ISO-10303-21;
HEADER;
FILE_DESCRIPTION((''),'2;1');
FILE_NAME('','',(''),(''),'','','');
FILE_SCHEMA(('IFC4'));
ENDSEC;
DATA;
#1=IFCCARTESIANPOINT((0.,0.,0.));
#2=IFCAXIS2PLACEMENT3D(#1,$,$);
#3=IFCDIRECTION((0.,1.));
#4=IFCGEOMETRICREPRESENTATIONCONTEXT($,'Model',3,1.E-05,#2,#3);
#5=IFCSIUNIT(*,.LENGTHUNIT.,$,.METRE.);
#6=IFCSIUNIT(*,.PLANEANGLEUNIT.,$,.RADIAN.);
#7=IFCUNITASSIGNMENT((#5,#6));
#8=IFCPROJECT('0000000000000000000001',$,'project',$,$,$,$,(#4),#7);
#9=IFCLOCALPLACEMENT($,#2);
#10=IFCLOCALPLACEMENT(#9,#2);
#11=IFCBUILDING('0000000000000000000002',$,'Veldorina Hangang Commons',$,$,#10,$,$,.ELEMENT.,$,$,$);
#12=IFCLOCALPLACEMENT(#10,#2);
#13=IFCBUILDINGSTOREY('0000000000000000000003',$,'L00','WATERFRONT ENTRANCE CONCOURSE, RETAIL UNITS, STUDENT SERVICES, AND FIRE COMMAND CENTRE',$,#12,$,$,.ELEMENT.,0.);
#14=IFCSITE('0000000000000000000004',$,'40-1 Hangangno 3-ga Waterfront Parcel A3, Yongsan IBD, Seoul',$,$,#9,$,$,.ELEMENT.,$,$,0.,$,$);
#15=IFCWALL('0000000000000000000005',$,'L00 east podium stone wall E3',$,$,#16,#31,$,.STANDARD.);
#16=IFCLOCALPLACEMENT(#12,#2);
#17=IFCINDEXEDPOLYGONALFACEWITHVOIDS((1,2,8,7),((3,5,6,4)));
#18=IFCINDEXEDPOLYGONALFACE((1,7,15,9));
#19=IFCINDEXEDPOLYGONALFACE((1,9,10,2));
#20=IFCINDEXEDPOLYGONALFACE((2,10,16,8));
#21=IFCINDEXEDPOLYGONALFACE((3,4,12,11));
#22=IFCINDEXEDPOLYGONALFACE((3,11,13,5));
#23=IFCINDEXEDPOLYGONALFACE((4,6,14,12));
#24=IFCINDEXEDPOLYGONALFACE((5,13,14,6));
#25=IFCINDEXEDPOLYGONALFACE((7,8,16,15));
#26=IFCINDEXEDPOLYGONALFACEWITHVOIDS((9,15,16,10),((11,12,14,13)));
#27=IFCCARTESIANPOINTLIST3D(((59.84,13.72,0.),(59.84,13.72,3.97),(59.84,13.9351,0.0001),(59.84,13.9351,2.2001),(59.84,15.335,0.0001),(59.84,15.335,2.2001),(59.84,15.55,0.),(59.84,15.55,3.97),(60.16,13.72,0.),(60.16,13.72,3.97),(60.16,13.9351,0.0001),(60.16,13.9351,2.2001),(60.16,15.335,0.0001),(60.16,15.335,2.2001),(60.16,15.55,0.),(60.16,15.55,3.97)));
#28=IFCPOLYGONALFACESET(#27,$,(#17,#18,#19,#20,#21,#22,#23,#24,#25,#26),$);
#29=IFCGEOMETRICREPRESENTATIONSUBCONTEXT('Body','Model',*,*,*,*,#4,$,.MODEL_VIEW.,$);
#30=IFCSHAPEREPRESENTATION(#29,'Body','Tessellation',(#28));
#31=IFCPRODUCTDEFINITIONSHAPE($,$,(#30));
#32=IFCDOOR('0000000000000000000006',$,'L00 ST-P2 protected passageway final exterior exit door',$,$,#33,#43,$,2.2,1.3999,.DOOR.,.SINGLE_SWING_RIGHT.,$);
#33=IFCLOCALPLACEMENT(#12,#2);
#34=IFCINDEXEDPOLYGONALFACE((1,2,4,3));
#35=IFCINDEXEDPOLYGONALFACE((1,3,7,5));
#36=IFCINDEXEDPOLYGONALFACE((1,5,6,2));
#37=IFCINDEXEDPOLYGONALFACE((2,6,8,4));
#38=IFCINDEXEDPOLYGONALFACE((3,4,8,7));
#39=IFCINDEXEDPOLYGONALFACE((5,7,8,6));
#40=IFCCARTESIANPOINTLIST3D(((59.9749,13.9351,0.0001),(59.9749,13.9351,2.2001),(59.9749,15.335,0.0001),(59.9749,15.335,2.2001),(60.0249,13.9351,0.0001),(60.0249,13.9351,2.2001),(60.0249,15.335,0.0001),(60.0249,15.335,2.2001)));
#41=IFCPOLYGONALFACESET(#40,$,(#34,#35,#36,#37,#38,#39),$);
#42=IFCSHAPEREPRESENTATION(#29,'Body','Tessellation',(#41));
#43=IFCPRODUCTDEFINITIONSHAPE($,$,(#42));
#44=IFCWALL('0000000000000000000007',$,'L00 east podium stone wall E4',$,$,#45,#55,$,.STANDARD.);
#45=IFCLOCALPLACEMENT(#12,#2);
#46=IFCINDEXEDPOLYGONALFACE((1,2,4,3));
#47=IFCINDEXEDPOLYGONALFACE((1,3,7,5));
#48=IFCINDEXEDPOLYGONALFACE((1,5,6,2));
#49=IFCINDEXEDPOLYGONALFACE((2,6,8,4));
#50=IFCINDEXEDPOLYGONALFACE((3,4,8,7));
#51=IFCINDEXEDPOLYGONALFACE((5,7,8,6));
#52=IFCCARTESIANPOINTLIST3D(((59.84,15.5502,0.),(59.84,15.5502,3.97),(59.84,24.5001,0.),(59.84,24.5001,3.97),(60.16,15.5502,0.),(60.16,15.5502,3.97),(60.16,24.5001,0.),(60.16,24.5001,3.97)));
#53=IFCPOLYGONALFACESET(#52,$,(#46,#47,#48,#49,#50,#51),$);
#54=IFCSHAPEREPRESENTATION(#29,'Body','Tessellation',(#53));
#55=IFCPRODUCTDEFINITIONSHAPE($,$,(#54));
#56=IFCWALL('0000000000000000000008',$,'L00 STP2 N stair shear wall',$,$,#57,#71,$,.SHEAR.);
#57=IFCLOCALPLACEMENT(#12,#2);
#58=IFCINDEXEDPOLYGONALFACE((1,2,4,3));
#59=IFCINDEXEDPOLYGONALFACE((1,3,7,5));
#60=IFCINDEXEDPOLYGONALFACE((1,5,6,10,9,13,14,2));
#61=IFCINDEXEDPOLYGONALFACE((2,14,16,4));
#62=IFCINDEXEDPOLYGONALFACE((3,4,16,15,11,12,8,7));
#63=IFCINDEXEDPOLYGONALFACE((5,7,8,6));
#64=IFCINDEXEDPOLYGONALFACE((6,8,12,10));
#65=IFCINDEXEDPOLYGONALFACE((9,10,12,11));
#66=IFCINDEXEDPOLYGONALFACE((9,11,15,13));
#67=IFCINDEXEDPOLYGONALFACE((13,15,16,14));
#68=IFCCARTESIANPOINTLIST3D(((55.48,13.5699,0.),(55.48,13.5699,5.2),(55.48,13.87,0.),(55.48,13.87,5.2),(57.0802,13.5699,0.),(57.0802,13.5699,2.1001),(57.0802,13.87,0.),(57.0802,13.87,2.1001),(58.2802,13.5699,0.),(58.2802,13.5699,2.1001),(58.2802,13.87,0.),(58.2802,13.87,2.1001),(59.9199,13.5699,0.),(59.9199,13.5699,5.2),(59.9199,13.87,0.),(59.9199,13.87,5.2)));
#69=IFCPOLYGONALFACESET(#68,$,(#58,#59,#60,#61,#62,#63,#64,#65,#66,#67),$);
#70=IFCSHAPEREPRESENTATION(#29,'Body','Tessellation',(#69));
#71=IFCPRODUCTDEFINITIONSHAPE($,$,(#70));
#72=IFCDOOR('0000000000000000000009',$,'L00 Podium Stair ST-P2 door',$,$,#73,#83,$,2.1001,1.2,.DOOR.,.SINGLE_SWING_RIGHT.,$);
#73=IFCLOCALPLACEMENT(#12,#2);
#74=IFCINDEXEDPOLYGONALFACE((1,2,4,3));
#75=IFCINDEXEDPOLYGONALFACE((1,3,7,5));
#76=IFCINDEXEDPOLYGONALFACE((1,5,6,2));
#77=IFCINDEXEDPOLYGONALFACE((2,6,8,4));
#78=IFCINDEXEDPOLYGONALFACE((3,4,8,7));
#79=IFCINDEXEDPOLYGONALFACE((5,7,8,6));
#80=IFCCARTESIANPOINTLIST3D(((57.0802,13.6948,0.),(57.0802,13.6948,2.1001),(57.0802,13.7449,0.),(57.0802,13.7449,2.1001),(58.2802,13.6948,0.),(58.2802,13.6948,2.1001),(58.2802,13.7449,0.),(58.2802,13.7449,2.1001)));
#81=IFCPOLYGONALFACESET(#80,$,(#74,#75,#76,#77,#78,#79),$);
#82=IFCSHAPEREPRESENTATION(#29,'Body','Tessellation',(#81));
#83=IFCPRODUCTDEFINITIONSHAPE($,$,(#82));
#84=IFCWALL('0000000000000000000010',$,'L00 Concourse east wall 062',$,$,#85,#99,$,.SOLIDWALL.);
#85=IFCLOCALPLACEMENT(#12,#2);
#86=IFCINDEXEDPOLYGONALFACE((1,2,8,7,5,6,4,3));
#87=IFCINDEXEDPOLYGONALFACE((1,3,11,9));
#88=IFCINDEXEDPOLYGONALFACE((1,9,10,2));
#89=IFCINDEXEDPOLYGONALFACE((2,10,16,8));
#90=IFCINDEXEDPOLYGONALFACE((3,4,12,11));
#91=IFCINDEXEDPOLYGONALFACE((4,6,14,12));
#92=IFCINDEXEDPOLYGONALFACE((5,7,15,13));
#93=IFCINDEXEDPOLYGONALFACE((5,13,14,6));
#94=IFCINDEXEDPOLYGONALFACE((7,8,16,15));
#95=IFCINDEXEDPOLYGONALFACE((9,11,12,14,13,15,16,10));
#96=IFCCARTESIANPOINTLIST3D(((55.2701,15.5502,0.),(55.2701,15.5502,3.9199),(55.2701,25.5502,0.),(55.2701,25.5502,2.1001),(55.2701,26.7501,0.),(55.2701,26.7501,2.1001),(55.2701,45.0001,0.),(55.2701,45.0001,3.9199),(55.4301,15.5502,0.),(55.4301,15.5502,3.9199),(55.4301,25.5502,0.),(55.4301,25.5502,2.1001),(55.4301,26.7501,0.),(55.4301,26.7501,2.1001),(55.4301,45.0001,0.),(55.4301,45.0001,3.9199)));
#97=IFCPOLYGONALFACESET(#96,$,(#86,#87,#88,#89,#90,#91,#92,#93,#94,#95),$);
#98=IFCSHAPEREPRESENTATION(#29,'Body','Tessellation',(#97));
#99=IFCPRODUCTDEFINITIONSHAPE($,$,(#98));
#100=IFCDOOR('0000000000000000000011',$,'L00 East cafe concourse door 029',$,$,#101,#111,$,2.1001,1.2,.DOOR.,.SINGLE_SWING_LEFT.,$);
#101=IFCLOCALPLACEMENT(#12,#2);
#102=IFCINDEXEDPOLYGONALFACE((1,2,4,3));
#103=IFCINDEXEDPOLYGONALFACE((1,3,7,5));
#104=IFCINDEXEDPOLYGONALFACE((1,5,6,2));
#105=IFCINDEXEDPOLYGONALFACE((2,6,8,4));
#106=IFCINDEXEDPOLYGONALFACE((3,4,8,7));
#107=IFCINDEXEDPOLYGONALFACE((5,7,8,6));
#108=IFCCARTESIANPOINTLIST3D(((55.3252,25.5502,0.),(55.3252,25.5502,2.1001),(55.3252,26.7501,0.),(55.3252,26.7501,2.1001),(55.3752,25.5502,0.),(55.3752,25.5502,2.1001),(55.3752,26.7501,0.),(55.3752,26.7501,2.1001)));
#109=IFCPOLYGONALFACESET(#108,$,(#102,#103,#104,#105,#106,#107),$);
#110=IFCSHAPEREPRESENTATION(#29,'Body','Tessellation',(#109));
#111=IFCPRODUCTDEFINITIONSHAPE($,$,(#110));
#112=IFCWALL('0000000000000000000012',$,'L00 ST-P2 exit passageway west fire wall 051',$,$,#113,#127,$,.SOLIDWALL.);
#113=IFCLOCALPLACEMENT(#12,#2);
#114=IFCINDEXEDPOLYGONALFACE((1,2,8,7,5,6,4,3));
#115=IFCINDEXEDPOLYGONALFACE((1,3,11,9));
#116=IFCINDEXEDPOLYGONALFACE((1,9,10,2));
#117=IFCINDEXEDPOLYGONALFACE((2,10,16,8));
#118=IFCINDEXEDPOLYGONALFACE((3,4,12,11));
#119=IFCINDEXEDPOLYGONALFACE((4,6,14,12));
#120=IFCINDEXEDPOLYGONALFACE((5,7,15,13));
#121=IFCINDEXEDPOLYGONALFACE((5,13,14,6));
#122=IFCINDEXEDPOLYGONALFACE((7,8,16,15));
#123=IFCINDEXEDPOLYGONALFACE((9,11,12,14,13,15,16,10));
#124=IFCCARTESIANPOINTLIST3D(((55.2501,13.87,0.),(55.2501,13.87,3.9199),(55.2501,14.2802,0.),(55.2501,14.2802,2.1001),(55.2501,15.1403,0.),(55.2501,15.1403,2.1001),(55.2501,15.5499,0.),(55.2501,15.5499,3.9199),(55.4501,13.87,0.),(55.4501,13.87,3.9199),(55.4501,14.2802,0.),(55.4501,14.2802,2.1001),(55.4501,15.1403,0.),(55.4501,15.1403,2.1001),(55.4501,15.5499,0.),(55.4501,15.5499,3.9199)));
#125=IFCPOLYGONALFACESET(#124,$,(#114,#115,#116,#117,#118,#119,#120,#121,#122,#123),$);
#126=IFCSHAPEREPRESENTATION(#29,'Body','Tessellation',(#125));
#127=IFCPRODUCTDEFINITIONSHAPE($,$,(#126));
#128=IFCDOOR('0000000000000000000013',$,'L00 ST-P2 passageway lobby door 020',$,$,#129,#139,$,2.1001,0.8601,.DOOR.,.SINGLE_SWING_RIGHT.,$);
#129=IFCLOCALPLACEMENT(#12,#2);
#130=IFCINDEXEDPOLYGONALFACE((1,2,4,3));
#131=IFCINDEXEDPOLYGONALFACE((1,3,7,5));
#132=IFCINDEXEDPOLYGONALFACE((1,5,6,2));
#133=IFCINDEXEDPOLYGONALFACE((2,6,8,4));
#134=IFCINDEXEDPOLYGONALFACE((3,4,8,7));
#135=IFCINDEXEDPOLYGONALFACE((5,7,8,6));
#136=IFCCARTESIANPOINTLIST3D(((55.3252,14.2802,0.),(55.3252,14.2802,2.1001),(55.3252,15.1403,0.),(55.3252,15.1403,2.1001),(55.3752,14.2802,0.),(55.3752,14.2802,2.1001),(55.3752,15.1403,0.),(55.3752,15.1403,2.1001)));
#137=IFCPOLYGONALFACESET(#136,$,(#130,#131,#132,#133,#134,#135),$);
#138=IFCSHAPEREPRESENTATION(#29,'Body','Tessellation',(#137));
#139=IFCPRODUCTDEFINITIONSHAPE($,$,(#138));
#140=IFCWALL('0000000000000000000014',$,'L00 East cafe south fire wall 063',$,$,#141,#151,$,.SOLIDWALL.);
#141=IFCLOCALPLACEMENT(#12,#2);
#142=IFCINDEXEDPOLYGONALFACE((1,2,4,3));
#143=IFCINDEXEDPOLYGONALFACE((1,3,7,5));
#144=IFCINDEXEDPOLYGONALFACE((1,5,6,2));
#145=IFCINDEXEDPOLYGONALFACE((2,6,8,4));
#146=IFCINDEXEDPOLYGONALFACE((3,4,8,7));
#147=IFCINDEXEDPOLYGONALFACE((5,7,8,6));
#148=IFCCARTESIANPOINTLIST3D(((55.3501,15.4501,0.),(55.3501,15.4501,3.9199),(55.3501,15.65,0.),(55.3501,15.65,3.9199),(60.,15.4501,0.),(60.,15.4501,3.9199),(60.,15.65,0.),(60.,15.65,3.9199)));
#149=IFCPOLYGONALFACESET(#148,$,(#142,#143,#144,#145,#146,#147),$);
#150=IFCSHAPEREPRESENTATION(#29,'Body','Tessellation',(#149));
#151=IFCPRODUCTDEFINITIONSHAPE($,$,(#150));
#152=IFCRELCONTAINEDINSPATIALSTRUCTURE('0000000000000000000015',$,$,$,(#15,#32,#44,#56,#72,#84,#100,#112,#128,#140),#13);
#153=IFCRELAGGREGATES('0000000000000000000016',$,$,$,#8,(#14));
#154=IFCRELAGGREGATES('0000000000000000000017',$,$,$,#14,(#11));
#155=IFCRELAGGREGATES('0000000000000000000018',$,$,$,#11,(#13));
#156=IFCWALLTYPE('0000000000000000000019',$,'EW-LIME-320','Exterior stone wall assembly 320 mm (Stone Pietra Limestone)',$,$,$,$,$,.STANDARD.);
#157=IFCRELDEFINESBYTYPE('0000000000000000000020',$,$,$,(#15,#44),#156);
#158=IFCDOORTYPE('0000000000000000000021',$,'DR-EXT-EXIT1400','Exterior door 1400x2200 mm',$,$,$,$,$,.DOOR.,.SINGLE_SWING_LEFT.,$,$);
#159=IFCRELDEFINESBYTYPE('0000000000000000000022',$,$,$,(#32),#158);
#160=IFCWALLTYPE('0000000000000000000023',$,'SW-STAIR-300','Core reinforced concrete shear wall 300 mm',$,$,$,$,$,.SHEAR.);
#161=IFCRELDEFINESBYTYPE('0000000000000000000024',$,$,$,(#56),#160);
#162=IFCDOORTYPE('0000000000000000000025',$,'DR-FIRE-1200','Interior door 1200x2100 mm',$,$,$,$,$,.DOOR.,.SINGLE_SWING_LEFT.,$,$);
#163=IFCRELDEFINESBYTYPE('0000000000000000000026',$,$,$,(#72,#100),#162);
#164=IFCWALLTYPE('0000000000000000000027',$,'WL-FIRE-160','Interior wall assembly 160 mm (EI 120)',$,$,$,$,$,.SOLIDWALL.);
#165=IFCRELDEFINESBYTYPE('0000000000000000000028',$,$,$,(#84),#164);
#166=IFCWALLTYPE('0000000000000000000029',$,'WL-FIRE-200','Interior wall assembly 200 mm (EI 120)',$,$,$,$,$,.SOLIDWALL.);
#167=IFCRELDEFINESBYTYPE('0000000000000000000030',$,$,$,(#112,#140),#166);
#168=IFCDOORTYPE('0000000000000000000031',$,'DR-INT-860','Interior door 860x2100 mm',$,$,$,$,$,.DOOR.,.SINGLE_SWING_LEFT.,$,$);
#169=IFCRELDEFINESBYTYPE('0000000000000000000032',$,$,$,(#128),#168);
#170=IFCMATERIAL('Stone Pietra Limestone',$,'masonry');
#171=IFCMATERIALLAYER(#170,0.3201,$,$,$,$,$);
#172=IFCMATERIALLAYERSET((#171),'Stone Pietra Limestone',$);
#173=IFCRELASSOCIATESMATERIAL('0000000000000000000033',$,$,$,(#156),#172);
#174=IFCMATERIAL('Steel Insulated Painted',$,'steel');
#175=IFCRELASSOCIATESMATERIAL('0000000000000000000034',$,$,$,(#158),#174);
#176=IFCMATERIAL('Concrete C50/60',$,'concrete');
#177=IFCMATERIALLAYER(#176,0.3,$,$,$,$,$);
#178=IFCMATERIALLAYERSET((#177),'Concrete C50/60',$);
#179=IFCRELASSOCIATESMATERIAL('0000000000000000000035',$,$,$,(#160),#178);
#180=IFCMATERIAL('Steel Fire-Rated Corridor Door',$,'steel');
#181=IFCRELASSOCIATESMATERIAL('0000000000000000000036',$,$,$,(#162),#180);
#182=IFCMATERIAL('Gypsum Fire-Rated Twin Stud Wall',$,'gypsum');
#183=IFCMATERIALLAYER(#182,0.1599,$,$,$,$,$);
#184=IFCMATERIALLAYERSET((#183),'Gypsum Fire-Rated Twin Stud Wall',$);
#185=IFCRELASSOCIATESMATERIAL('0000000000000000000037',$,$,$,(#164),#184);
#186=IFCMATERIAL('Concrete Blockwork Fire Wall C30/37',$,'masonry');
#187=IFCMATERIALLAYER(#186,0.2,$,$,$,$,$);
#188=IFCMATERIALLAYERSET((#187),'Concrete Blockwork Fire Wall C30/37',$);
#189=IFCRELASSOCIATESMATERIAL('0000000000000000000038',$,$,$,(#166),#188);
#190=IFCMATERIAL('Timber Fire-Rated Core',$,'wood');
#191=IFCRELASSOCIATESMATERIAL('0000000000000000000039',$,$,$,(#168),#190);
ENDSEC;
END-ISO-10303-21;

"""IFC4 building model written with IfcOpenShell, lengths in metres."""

from ifc_helpers import new_model, si_unit, direction, frame, frame_2d, origin, place, context, subcontext, project, spatial, rectangle, extrude, material, layer, layer_set, type_object, element, fill, save


model = new_model("IFC4")

# Units and contexts
model_context = context("Model", 3, precision=1e-05, world=origin(), true_north=direction((0.0, 1.0)))
body_context = subcontext(model_context, "Body", "Model", "MODEL_VIEW")
ifc_project = project(units=[si_unit("LENGTHUNIT", "METRE"), si_unit("PLANEANGLEUNIT", "RADIAN")], contexts=[model_context])

# Site, building, storey
site_placement = place(None, origin())
site = spatial("IfcSite", under=ifc_project, at=site_placement, Name="40-1 Hangangno 3-ga Waterfront Parcel A3, Yongsan IBD, Seoul", CompositionType="ELEMENT", RefElevation=0.0)
building_placement = place(site_placement, origin())
building = spatial("IfcBuilding", under=site, at=building_placement, Name="Veldorina Hangang Commons", CompositionType="ELEMENT")
storey_placement = place(building_placement, origin())
storey = spatial("IfcBuildingStorey", under=building, at=storey_placement, Name="L00", Description="WATERFRONT ENTRANCE CONCOURSE, RETAIL UNITS, STUDENT SERVICES, AND FIRE COMMAND CENTRE", CompositionType="ELEMENT", Elevation=0.0)

# Wall, opening, door
ifc_material_1 = material(Name="Stone Pietra Limestone", Category="masonry")
ifc_layer_1 = layer(ifc_material_1, 0.3201)
ifc_layer_set_1 = layer_set([ifc_layer_1], Name="Stone Pietra Limestone")
wall_type_1 = type_object("IfcWallType", Name="EW-LIME-320", Description="Exterior stone wall assembly 320 mm (Stone Pietra Limestone)", PredefinedType="STANDARD", material=ifc_layer_set_1)
wall_1_placement = place(storey_placement, frame((60.0, 13.72, 0.0), z_axis=(0.0, 0.0, 1.0), x_axis=(0.0, 1.0, 0.0)))
wall_1 = element("IfcWall", 1, at=wall_1_placement, inside=storey, type_object=wall_type_1, Name="L00 east podium stone wall E3", PredefinedType="STANDARD", context=body_context, shape_type="SweptSolid", body=[
    extrude(rectangle(XDim=1.8301, YDim=0.3201, at=frame_2d((0.915, 0.0))), origin(), (0.0, 0.0, 1.0), 3.97),
])
opening_1_placement = place(wall_1_placement, frame((0.2151, 0.0, 0.0)))
opening_1 = element("IfcOpeningElement", 2, at=opening_1_placement, cuts=wall_1, PredefinedType="OPENING", context=body_context, shape_type="SweptSolid", body=[
    extrude(rectangle(XDim=1.3999, YDim=2.2, at=frame_2d((0.7, 1.1001))), frame((0.0, 0.1699, 0.0), z_axis=(0.0, -1.0, 0.0), x_axis=(1.0, 0.0, 0.0)), (0.0, 0.0, 1.0), 0.3401),
])
ifc_material_2 = material(Name="Steel Insulated Painted", Category="steel")
door_type_1 = type_object("IfcDoorType", Name="DR-EXT-EXIT1400", Description="Exterior door 1400x2200 mm", OperationType="SINGLE_SWING_LEFT", PredefinedType="DOOR", material=ifc_material_2)
door_1_placement = place(opening_1_placement, frame((1.3999, 0.0, 0.0), z_axis=(0.0, 0.0, 1.0), x_axis=(-1.0, 0.0, 0.0)))
door_1 = element("IfcDoor", 3, at=door_1_placement, inside=storey, type_object=door_type_1, Name="L00 ST-P2 protected passageway final exterior exit door", OperationType="SINGLE_SWING_RIGHT", OverallHeight=2.2, OverallWidth=1.3999, PredefinedType="DOOR", context=body_context, shape_type="SweptSolid", body=[
    extrude(rectangle(XDim=1.3999, YDim=2.2, at=frame_2d((0.7, 1.1001))), frame((0.0, 0.0249, 0.0), z_axis=(0.0, -1.0, 0.0), x_axis=(1.0, 0.0, 0.0)), (0.0, 0.0, 1.0), 0.05),
])
fill(opening_1, door_1)

# Wall
wall_2_placement = place(storey_placement, frame((60.0, 15.55, 0.0), z_axis=(0.0, 0.0, 1.0), x_axis=(0.0, 1.0, 0.0)))
element("IfcWall", 4, at=wall_2_placement, inside=storey, type_object=wall_type_1, Name="L00 east podium stone wall E4", PredefinedType="STANDARD", context=body_context, shape_type="SweptSolid", body=[
    extrude(rectangle(XDim=8.95, YDim=0.3201, at=frame_2d((4.4751, 0.0))), origin(), (0.0, 0.0, 1.0), 3.97),
])

# Walls, openings, doors
ifc_material_3 = material(Name="Concrete C50/60", Category="concrete")
ifc_layer_2 = layer(ifc_material_3, 0.3)
ifc_layer_set_2 = layer_set([ifc_layer_2], Name="Concrete C50/60")
wall_type_2 = type_object("IfcWallType", Name="SW-STAIR-300", Description="Core reinforced concrete shear wall 300 mm", PredefinedType="SHEAR", material=ifc_layer_set_2)
wall_3_placement = place(storey_placement, frame((55.48, 13.72, 0.0), z_axis=(0.0, 0.0, 1.0), x_axis=(1.0, 0.0, 0.0)))
wall_3 = element("IfcWall", 5, at=wall_3_placement, inside=storey, type_object=wall_type_2, Name="L00 STP2 N stair shear wall", PredefinedType="SHEAR", context=body_context, shape_type="SweptSolid", body=[
    extrude(rectangle(XDim=4.4399, YDim=0.3, at=frame_2d((2.22, 0.0))), origin(), (0.0, 0.0, 1.0), 5.2),
])
opening_2_placement = place(wall_3_placement, frame((1.6001, 0.0, 0.0)))
opening_2 = element("IfcOpeningElement", 6, at=opening_2_placement, cuts=wall_3, PredefinedType="OPENING", context=body_context, shape_type="SweptSolid", body=[
    extrude(rectangle(XDim=1.2, YDim=2.1001, at=frame_2d((0.6001, 1.05))), frame((0.0, 0.1602, 0.0), z_axis=(0.0, -1.0, 0.0), x_axis=(1.0, 0.0, 0.0)), (0.0, 0.0, 1.0), 0.3201),
])
ifc_material_4 = material(Name="Steel Fire-Rated Corridor Door", Category="steel")
door_type_2 = type_object("IfcDoorType", Name="DR-FIRE-1200", Description="Interior door 1200x2100 mm", OperationType="SINGLE_SWING_LEFT", PredefinedType="DOOR", material=ifc_material_4)
door_2_placement = place(opening_2_placement, origin())
door_2 = element("IfcDoor", 7, at=door_2_placement, inside=storey, type_object=door_type_2, Name="L00 Podium Stair ST-P2 door", OperationType="SINGLE_SWING_RIGHT", OverallHeight=2.1001, OverallWidth=1.2, PredefinedType="DOOR", context=body_context, shape_type="SweptSolid", body=[
    extrude(rectangle(XDim=1.2, YDim=2.1001, at=frame_2d((0.6001, 1.05))), frame((0.0, 0.0249, 0.0), z_axis=(0.0, -1.0, 0.0), x_axis=(1.0, 0.0, 0.0)), (0.0, 0.0, 1.0), 0.05),
])
fill(opening_2, door_2)
ifc_material_5 = material(Name="Gypsum Fire-Rated Twin Stud Wall", Category="gypsum")
ifc_layer_3 = layer(ifc_material_5, 0.1599)
ifc_layer_set_3 = layer_set([ifc_layer_3], Name="Gypsum Fire-Rated Twin Stud Wall")
wall_type_3 = type_object("IfcWallType", Name="WL-FIRE-160", Description="Interior wall assembly 160 mm (EI 120)", PredefinedType="SOLIDWALL", material=ifc_layer_set_3)
wall_4_placement = place(storey_placement, frame((55.3501, 15.55, 0.0), z_axis=(0.0, 0.0, 1.0), x_axis=(0.0, 1.0, 0.0)))
wall_4 = element("IfcWall", 8, at=wall_4_placement, inside=storey, type_object=wall_type_3, Name="L00 Concourse east wall 062", PredefinedType="SOLIDWALL", context=body_context, shape_type="SweptSolid", body=[
    extrude(rectangle(XDim=29.45, YDim=0.1599, at=frame_2d((14.7251, 0.0))), origin(), (0.0, 0.0, 1.0), 3.9199),
])
opening_3_placement = place(wall_4_placement, frame((10.0, 0.0, 0.0)))
opening_3 = element("IfcOpeningElement", 9, at=opening_3_placement, cuts=wall_4, PredefinedType="OPENING", context=body_context, shape_type="SweptSolid", body=[
    extrude(rectangle(XDim=1.2, YDim=2.1001, at=frame_2d((0.6001, 1.05))), frame((0.0, 0.0898, 0.0), z_axis=(0.0, -1.0, 0.0), x_axis=(1.0, 0.0, 0.0)), (0.0, 0.0, 1.0), 0.1799),
])
door_3_placement = place(opening_3_placement, origin())
door_3 = element("IfcDoor", 10, at=door_3_placement, inside=storey, type_object=door_type_2, Name="L00 East cafe concourse door 029", OperationType="SINGLE_SWING_LEFT", OverallHeight=2.1001, OverallWidth=1.2, PredefinedType="DOOR", context=body_context, shape_type="SweptSolid", body=[
    extrude(rectangle(XDim=1.2, YDim=2.1001, at=frame_2d((0.6001, 1.05))), frame((0.0, 0.0249, 0.0), z_axis=(0.0, -1.0, 0.0), x_axis=(1.0, 0.0, 0.0)), (0.0, 0.0, 1.0), 0.05),
])
fill(opening_3, door_3)
ifc_material_6 = material(Name="Concrete Blockwork Fire Wall C30/37", Category="masonry")
ifc_layer_4 = layer(ifc_material_6, 0.2)
ifc_layer_set_4 = layer_set([ifc_layer_4], Name="Concrete Blockwork Fire Wall C30/37")
wall_type_4 = type_object("IfcWallType", Name="WL-FIRE-200", Description="Interior wall assembly 200 mm (EI 120)", PredefinedType="SOLIDWALL", material=ifc_layer_set_4)
wall_5_placement = place(storey_placement, frame((55.3501, 13.8701, 0.0), z_axis=(0.0, 0.0, 1.0), x_axis=(0.0, 1.0, 0.0)))
wall_5 = element("IfcWall", 11, at=wall_5_placement, inside=storey, type_object=wall_type_4, Name="L00 ST-P2 exit passageway west fire wall 051", PredefinedType="SOLIDWALL", context=body_context, shape_type="SweptSolid", body=[
    extrude(rectangle(XDim=1.6799, YDim=0.2, at=frame_2d((0.8398, 0.0))), origin(), (0.0, 0.0, 1.0), 3.9199),
])
opening_4_placement = place(wall_5_placement, frame((0.4099, 0.0, 0.0)))
opening_4 = element("IfcOpeningElement", 12, at=opening_4_placement, cuts=wall_5, PredefinedType="OPENING", context=body_context, shape_type="SweptSolid", body=[
    extrude(rectangle(XDim=0.8601, YDim=2.1001, at=frame_2d((0.4302, 1.05))), frame((0.0, 0.1099, 0.0), z_axis=(0.0, -1.0, 0.0), x_axis=(1.0, 0.0, 0.0)), (0.0, 0.0, 1.0), 0.22),
])
ifc_material_7 = material(Name="Timber Fire-Rated Core", Category="wood")
door_type_3 = type_object("IfcDoorType", Name="DR-INT-860", Description="Interior door 860x2100 mm", OperationType="SINGLE_SWING_LEFT", PredefinedType="DOOR", material=ifc_material_7)
door_4_placement = place(opening_4_placement, origin())
door_4 = element("IfcDoor", 13, at=door_4_placement, inside=storey, type_object=door_type_3, Name="L00 ST-P2 passageway lobby door 020", OperationType="SINGLE_SWING_RIGHT", OverallHeight=2.1001, OverallWidth=0.8601, PredefinedType="DOOR", context=body_context, shape_type="SweptSolid", body=[
    extrude(rectangle(XDim=0.8601, YDim=2.1001, at=frame_2d((0.4302, 1.05))), frame((0.0, 0.0249, 0.0), z_axis=(0.0, -1.0, 0.0), x_axis=(1.0, 0.0, 0.0)), (0.0, 0.0, 1.0), 0.05),
])
fill(opening_4, door_4)

# Wall
wall_6_placement = place(storey_placement, frame((55.3501, 15.55, 0.0), z_axis=(0.0, 0.0, 1.0), x_axis=(1.0, 0.0, 0.0)))
element("IfcWall", 14, at=wall_6_placement, inside=storey, type_object=wall_type_4, Name="L00 East cafe south fire wall 063", PredefinedType="SOLIDWALL", context=body_context, shape_type="SweptSolid", body=[
    extrude(rectangle(XDim=4.6499, YDim=0.2, at=frame_2d((2.325, 0.0))), origin(), (0.0, 0.0, 1.0), 3.9199),
])

save(model, "model.ifc")
